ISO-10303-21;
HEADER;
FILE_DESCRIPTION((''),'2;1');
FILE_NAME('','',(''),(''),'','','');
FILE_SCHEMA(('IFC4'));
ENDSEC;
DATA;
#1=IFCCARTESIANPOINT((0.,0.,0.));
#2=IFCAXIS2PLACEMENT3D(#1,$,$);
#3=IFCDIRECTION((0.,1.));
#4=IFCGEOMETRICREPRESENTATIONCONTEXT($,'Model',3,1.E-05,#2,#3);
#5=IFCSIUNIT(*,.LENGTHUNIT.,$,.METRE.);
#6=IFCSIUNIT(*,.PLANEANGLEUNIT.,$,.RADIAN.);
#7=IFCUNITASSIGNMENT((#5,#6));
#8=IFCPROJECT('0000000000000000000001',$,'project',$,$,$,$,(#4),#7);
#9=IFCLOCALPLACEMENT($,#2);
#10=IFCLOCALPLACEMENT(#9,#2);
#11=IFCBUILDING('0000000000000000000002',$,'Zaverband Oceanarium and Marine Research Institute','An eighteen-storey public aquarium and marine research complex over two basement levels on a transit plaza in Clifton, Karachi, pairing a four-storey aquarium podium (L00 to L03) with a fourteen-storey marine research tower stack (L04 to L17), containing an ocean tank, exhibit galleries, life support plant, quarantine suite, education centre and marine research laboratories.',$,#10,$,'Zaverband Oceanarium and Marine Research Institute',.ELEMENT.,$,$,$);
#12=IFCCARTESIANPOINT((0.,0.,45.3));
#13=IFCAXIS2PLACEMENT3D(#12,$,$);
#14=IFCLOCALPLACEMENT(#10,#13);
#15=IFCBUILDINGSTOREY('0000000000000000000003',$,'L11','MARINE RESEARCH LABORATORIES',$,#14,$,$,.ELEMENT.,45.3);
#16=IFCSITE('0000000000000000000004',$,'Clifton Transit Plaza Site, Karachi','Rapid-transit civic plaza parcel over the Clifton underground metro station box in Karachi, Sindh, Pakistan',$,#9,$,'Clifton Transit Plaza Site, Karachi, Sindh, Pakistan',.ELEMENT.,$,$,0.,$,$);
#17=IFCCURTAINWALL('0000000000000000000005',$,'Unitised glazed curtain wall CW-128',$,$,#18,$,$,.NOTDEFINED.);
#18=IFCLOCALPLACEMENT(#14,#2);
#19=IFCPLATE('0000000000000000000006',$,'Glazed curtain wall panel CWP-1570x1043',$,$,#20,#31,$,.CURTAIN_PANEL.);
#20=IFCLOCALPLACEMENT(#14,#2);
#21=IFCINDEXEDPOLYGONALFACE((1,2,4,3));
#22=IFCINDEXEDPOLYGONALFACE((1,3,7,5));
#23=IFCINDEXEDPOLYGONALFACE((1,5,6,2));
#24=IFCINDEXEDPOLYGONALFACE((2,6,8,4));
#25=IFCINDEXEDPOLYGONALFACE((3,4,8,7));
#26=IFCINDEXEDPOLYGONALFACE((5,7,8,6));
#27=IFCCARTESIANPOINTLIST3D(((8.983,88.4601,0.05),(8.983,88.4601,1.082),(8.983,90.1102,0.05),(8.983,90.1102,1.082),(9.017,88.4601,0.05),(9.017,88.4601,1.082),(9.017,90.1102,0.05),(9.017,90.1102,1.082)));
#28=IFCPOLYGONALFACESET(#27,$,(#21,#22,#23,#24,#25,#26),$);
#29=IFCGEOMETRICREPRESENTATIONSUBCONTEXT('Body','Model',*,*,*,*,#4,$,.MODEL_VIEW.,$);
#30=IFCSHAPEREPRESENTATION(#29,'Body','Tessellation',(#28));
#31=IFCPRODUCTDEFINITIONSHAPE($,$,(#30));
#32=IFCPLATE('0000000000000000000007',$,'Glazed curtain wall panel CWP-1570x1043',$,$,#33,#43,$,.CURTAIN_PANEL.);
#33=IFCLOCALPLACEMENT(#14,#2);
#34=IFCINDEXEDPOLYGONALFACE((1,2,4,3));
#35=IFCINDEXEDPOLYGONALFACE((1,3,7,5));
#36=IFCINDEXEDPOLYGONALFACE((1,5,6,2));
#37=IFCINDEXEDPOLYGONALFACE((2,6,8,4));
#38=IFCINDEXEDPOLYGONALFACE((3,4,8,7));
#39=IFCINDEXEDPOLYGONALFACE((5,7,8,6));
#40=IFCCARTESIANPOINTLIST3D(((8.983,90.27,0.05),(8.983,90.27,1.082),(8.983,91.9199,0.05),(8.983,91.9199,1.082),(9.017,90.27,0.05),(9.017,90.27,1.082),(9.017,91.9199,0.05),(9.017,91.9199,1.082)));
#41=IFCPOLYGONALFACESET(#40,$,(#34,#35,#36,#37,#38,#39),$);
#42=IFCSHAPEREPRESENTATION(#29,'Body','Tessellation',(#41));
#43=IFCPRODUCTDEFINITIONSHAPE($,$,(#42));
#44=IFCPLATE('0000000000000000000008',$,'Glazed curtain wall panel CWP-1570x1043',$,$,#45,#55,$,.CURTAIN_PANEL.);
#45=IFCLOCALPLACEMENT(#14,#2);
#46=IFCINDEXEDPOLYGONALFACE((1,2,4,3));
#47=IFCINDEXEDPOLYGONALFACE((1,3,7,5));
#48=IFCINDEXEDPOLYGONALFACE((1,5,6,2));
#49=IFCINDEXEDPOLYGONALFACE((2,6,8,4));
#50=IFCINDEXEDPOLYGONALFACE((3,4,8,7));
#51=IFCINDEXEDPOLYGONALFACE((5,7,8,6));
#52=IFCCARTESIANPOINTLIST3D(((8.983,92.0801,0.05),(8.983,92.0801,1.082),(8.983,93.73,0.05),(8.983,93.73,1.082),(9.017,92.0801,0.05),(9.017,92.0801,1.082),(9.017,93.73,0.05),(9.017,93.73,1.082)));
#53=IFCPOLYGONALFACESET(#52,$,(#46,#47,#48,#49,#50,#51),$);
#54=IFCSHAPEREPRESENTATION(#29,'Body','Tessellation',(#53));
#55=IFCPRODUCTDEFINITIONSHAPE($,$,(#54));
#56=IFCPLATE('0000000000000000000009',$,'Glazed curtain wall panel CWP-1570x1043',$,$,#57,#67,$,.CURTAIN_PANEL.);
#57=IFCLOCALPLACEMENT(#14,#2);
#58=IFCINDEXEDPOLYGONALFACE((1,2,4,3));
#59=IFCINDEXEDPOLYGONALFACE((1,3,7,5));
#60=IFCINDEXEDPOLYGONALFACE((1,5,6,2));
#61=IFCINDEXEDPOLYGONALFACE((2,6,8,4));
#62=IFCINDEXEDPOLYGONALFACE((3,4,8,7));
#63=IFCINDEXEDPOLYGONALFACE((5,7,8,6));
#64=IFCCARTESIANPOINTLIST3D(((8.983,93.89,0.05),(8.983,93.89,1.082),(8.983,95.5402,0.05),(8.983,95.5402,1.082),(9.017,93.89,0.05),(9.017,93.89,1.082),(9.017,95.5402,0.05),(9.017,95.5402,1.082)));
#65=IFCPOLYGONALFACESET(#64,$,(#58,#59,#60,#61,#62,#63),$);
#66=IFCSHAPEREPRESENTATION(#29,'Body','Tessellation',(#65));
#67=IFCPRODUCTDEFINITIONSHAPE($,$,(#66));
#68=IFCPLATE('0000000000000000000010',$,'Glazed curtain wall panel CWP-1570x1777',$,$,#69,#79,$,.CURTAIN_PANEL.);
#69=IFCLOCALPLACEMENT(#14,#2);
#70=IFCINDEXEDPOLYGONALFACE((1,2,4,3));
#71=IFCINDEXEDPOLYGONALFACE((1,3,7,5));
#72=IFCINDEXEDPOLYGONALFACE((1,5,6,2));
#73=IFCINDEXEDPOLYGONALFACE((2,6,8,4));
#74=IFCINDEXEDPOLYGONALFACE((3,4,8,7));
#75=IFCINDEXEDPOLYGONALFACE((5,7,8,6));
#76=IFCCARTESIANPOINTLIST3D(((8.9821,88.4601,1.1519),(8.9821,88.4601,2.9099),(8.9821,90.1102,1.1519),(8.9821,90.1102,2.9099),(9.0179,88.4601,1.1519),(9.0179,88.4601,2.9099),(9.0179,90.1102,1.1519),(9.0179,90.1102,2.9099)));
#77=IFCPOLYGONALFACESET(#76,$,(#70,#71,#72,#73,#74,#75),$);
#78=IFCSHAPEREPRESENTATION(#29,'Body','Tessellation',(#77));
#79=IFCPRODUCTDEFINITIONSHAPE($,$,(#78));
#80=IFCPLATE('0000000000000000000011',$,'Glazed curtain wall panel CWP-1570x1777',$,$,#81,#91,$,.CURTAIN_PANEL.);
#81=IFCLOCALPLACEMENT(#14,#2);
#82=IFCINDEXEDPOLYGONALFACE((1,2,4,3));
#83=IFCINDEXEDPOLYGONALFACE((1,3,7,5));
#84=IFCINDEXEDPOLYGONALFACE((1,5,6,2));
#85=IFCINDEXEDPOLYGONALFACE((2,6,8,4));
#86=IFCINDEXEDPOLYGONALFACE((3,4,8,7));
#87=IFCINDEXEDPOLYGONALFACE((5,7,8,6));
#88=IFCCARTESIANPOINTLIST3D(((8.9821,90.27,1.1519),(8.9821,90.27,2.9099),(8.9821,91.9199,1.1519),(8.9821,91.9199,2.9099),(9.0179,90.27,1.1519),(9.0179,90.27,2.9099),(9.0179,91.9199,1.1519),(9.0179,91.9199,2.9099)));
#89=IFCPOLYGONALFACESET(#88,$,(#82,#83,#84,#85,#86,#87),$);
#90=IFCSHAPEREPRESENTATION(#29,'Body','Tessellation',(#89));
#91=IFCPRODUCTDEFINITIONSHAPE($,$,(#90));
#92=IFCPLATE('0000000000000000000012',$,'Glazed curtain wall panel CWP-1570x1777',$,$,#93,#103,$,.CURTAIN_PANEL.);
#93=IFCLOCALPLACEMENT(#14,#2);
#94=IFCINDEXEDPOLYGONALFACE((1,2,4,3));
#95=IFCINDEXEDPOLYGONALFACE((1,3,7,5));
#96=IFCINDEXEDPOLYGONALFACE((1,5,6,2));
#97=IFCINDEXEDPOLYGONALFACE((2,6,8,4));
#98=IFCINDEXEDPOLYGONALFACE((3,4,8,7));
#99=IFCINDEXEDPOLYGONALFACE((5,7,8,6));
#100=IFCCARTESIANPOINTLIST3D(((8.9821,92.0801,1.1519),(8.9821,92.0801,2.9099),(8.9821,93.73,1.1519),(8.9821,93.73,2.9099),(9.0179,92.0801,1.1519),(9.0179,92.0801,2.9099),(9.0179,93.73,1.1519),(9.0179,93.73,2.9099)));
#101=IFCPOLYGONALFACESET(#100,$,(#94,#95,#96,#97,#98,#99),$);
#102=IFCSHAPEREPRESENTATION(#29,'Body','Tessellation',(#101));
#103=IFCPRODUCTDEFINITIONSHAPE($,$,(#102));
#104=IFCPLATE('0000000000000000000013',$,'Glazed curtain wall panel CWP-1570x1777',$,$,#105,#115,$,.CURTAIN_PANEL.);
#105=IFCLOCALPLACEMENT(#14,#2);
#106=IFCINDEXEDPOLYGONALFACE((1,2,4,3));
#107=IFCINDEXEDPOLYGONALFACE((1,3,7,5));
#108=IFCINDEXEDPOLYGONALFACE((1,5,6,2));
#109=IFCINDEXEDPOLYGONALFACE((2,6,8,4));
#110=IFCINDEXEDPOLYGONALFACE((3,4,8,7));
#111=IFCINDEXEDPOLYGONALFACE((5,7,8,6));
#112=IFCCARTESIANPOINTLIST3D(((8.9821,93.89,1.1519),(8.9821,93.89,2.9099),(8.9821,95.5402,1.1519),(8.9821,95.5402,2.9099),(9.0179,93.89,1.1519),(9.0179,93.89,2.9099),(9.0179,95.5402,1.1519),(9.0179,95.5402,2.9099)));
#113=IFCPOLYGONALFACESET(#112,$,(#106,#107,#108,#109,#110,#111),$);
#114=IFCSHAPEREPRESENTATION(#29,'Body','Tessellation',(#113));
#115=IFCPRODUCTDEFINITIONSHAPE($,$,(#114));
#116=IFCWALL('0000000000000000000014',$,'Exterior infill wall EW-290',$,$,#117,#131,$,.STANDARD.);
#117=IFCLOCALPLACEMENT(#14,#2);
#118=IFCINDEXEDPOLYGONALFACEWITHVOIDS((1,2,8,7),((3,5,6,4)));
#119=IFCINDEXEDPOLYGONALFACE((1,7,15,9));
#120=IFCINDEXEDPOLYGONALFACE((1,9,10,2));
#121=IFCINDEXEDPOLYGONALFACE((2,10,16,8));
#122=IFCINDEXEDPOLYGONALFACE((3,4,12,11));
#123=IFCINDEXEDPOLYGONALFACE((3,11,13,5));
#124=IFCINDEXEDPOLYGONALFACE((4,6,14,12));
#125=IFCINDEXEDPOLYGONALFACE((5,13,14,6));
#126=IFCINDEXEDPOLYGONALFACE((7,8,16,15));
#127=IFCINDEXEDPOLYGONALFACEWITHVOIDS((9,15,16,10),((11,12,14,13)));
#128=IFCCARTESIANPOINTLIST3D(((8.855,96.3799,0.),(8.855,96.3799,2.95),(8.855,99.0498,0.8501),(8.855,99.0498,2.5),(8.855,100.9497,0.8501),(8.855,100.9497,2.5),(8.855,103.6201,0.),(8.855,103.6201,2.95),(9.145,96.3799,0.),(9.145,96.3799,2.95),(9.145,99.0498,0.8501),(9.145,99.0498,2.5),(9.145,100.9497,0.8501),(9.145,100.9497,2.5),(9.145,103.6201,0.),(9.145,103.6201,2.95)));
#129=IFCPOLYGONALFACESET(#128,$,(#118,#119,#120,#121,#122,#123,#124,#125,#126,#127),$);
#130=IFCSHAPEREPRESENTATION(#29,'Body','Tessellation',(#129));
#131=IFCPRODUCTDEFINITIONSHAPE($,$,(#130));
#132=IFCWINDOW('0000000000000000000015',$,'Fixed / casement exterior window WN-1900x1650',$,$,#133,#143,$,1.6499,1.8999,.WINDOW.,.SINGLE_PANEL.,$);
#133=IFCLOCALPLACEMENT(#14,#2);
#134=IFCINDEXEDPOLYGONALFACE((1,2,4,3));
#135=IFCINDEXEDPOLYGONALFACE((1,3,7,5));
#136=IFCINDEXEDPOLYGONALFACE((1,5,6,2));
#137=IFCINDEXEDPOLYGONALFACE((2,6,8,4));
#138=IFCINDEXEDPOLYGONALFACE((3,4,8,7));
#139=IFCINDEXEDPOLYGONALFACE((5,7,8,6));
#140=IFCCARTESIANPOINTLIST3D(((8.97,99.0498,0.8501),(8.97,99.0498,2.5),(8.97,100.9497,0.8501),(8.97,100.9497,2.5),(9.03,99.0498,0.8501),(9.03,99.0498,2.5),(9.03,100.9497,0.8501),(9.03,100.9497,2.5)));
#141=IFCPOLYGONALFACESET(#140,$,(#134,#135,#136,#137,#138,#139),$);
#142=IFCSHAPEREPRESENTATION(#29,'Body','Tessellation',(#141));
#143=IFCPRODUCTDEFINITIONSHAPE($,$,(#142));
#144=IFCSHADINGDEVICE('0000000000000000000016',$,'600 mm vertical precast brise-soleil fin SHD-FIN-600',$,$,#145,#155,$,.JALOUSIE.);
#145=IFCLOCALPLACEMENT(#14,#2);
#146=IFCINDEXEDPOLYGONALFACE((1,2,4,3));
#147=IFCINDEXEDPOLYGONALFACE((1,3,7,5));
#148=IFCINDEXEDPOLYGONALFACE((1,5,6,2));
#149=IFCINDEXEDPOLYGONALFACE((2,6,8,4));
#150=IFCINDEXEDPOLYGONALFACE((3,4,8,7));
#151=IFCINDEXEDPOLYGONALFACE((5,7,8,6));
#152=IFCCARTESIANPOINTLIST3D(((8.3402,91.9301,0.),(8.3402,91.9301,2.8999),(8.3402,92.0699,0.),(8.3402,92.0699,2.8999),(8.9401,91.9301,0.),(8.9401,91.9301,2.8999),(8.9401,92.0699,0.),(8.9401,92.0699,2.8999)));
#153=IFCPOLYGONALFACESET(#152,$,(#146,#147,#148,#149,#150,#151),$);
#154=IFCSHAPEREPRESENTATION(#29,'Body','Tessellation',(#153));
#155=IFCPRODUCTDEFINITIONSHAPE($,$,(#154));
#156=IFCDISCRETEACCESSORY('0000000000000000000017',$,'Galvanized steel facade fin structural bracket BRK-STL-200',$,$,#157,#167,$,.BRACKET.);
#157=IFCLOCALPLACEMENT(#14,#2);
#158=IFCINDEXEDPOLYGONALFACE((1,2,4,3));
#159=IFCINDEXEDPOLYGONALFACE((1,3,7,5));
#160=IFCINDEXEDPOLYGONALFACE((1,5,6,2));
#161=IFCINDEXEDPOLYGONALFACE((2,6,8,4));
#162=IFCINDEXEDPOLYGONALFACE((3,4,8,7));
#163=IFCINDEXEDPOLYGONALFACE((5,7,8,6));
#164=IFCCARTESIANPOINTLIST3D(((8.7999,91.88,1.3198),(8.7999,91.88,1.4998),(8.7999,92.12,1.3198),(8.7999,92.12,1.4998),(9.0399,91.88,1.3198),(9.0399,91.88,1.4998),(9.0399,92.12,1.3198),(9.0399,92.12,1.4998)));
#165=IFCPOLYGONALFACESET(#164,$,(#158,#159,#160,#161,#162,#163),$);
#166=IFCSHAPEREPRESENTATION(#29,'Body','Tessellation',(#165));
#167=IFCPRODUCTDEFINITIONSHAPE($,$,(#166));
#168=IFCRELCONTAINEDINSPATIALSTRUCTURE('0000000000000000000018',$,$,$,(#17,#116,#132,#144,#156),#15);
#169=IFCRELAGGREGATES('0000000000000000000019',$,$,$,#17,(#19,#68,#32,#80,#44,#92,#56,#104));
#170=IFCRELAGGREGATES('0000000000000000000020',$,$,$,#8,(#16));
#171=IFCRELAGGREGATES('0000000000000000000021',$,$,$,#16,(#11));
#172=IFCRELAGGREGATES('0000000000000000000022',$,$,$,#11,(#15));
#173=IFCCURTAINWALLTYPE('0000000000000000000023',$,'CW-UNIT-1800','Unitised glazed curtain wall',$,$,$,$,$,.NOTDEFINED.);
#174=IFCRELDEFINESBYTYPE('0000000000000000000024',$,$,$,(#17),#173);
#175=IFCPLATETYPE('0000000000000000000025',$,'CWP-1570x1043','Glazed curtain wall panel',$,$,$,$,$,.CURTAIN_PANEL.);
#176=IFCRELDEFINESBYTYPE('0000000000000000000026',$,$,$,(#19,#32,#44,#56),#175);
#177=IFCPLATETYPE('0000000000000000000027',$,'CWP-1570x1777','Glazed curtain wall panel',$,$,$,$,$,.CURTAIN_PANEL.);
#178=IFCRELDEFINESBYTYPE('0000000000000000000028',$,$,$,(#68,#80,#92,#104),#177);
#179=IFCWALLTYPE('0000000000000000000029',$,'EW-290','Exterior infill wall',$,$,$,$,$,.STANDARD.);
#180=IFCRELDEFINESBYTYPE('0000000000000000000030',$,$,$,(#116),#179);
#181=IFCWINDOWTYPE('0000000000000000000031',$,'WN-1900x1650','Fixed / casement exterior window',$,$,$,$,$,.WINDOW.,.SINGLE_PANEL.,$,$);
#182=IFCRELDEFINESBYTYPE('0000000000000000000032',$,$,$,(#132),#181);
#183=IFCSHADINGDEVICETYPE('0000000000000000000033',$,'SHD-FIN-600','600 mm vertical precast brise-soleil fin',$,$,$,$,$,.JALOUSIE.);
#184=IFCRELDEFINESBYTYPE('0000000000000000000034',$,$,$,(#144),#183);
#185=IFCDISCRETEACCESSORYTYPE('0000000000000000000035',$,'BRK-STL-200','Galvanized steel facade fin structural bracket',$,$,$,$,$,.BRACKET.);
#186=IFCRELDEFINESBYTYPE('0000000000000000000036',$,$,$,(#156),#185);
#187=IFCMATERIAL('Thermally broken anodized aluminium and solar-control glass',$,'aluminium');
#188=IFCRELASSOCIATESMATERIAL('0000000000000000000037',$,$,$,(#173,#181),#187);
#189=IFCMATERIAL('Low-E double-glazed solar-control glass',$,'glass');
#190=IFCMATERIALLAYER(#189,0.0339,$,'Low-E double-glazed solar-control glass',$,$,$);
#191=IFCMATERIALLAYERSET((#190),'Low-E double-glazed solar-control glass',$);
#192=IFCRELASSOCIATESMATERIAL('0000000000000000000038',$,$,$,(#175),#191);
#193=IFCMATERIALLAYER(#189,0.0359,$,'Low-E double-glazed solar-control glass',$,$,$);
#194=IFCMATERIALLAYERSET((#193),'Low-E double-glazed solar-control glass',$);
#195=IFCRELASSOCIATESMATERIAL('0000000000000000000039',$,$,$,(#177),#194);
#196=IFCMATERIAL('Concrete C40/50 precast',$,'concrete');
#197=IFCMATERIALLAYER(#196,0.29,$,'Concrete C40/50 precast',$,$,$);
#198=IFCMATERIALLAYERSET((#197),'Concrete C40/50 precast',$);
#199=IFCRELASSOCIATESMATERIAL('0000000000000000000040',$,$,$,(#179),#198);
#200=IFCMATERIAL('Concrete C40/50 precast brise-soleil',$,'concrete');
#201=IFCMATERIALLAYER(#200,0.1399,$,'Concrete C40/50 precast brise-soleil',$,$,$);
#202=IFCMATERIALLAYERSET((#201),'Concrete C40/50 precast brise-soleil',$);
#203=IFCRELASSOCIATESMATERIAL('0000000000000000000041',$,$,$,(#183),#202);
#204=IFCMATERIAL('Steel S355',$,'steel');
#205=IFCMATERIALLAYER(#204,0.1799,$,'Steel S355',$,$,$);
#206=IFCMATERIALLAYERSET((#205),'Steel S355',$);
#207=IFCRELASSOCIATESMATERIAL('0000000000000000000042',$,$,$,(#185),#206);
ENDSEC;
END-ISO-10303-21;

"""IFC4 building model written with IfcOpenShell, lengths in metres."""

from ifc_helpers import new_model, si_unit, direction, frame, frame_2d, origin, origin_2d, place, context, subcontext, project, spatial, rectangle, extrude, material, layer, layer_set, type_object, element, fill, aggregate, save


model = new_model("IFC4")

# Units and contexts
model_context = context("Model", 3, precision=1e-05, world=origin(), true_north=direction((0.0, 1.0)))
body_context = subcontext(model_context, "Body", "Model", "MODEL_VIEW")
ifc_project = project(units=[si_unit("LENGTHUNIT", "METRE"), si_unit("PLANEANGLEUNIT", "RADIAN")], contexts=[model_context])

# Site, building, storey
site_placement = place(None, origin())
site = spatial("IfcSite", under=ifc_project, at=site_placement, Name="Clifton Transit Plaza Site, Karachi", Description="Rapid-transit civic plaza parcel over the Clifton underground metro station box in Karachi, Sindh, Pakistan", LongName="Clifton Transit Plaza Site, Karachi, Sindh, Pakistan", CompositionType="ELEMENT", RefElevation=0.0)
building_placement = place(site_placement, origin())
building = spatial("IfcBuilding", under=site, at=building_placement, Name="Zaverband Oceanarium and Marine Research Institute", Description="An eighteen-storey public aquarium and marine research complex over two basement levels on a transit plaza in Clifton, Karachi, pairing a four-storey aquarium podium (L00 to L03) with a fourteen-storey marine research tower stack (L04 to L17), containing an ocean tank, exhibit galleries, life support plant, quarantine suite, education centre and marine research laboratories.", LongName="Zaverband Oceanarium and Marine Research Institute", CompositionType="ELEMENT")
storey_placement = place(building_placement, frame((0.0, 0.0, 45.3)))
storey = spatial("IfcBuildingStorey", under=building, at=storey_placement, Name="L11", Description="MARINE RESEARCH LABORATORIES", CompositionType="ELEMENT", Elevation=45.3)

# Curtain wall
ifc_material_1 = material(Name="Thermally broken anodized aluminium and solar-control glass", Category="aluminium")
curtain_wall_type = type_object("IfcCurtainWallType", Name="CW-UNIT-1800", Description="Unitised glazed curtain wall", PredefinedType="NOTDEFINED", material=ifc_material_1)
curtain_wall_placement = place(storey_placement, origin())
curtain_wall = element("IfcCurtainWall", 1, at=curtain_wall_placement, inside=storey, type_object=curtain_wall_type, Name="Unitised glazed curtain wall CW-128", PredefinedType="NOTDEFINED")

# Plates
ifc_material_2 = material(Name="Low-E double-glazed solar-control glass", Category="glass")
ifc_layer_1 = layer(ifc_material_2, 0.0339, Name="Low-E double-glazed solar-control glass")
ifc_layer_set_1 = layer_set([ifc_layer_1], Name="Low-E double-glazed solar-control glass")
plate_type_1 = type_object("IfcPlateType", Name="CWP-1570x1043", Description="Glazed curtain wall panel", PredefinedType="CURTAIN_PANEL", material=ifc_layer_set_1)
plate_1_placement = place(storey_placement, frame((9.0, 88.46, 0.05), z_axis=(0.0, 0.0, 1.0), x_axis=(0.0, 1.0, 0.0)))
plate_1 = element("IfcPlate", 2, at=plate_1_placement, type_object=plate_type_1, Name="Glazed curtain wall panel CWP-1570x1043", PredefinedType="CURTAIN_PANEL", context=body_context, shape_type="SweptSolid", body=[
    extrude(rectangle(XDim=1.6501, YDim=0.0339, at=frame_2d((0.8252, 0.0))), origin(), (0.0, 0.0, 1.0), 1.032),
])
plate_2_placement = place(storey_placement, frame((9.0, 90.27, 0.05), z_axis=(0.0, 0.0, 1.0), x_axis=(0.0, 1.0, 0.0)))
plate_2 = element("IfcPlate", 3, at=plate_2_placement, type_object=plate_type_1, Name="Glazed curtain wall panel CWP-1570x1043", PredefinedType="CURTAIN_PANEL", context=body_context, shape_type="SweptSolid", body=[
    extrude(rectangle(XDim=1.6499, YDim=0.0339, at=frame_2d((0.825, 0.0))), origin(), (0.0, 0.0, 1.0), 1.032),
])
plate_3_placement = place(storey_placement, frame((9.0, 92.0801, 0.05), z_axis=(0.0, 0.0, 1.0), x_axis=(0.0, 1.0, 0.0)))
plate_3 = element("IfcPlate", 4, at=plate_3_placement, type_object=plate_type_1, Name="Glazed curtain wall panel CWP-1570x1043", PredefinedType="CURTAIN_PANEL", context=body_context, shape_type="SweptSolid", body=[
    extrude(rectangle(XDim=1.6499, YDim=0.0339, at=frame_2d((0.825, 0.0))), origin(), (0.0, 0.0, 1.0), 1.032),
])
plate_4_placement = place(storey_placement, frame((9.0, 93.8899, 0.05), z_axis=(0.0, 0.0, 1.0), x_axis=(0.0, 1.0, 0.0)))
plate_4 = element("IfcPlate", 5, at=plate_4_placement, type_object=plate_type_1, Name="Glazed curtain wall panel CWP-1570x1043", PredefinedType="CURTAIN_PANEL", context=body_context, shape_type="SweptSolid", body=[
    extrude(rectangle(XDim=1.6501, YDim=0.0339, at=frame_2d((0.8252, 0.0))), origin(), (0.0, 0.0, 1.0), 1.032),
])
ifc_layer_2 = layer(ifc_material_2, 0.0359, Name="Low-E double-glazed solar-control glass")
ifc_layer_set_2 = layer_set([ifc_layer_2], Name="Low-E double-glazed solar-control glass")
plate_type_2 = type_object("IfcPlateType", Name="CWP-1570x1777", Description="Glazed curtain wall panel", PredefinedType="CURTAIN_PANEL", material=ifc_layer_set_2)
plate_5_placement = place(storey_placement, frame((9.0, 88.46, 1.1519), z_axis=(0.0, 0.0, 1.0), x_axis=(0.0, 1.0, 0.0)))
plate_5 = element("IfcPlate", 6, at=plate_5_placement, type_object=plate_type_2, Name="Glazed curtain wall panel CWP-1570x1777", PredefinedType="CURTAIN_PANEL", context=body_context, shape_type="SweptSolid", body=[
    extrude(rectangle(XDim=1.6501, YDim=0.0359, at=frame_2d((0.8252, 0.0))), origin(), (0.0, 0.0, 1.0), 1.7581),
])
plate_6_placement = place(storey_placement, frame((9.0, 90.27, 1.1519), z_axis=(0.0, 0.0, 1.0), x_axis=(0.0, 1.0, 0.0)))
plate_6 = element("IfcPlate", 7, at=plate_6_placement, type_object=plate_type_2, Name="Glazed curtain wall panel CWP-1570x1777", PredefinedType="CURTAIN_PANEL", context=body_context, shape_type="SweptSolid", body=[
    extrude(rectangle(XDim=1.6499, YDim=0.0359, at=frame_2d((0.825, 0.0))), origin(), (0.0, 0.0, 1.0), 1.7581),
])
plate_7_placement = place(storey_placement, frame((9.0, 92.0801, 1.1519), z_axis=(0.0, 0.0, 1.0), x_axis=(0.0, 1.0, 0.0)))
plate_7 = element("IfcPlate", 8, at=plate_7_placement, type_object=plate_type_2, Name="Glazed curtain wall panel CWP-1570x1777", PredefinedType="CURTAIN_PANEL", context=body_context, shape_type="SweptSolid", body=[
    extrude(rectangle(XDim=1.6499, YDim=0.0359, at=frame_2d((0.825, 0.0))), origin(), (0.0, 0.0, 1.0), 1.7581),
])
plate_8_placement = place(storey_placement, frame((9.0, 93.8899, 1.1519), z_axis=(0.0, 0.0, 1.0), x_axis=(0.0, 1.0, 0.0)))
plate_8 = element("IfcPlate", 9, at=plate_8_placement, type_object=plate_type_2, Name="Glazed curtain wall panel CWP-1570x1777", PredefinedType="CURTAIN_PANEL", context=body_context, shape_type="SweptSolid", body=[
    extrude(rectangle(XDim=1.6501, YDim=0.0359, at=frame_2d((0.8252, 0.0))), origin(), (0.0, 0.0, 1.0), 1.7581),
])
aggregate(curtain_wall, [plate_1, plate_5, plate_2, plate_6, plate_3, plate_7, plate_4, plate_8])

# Wall, opening, window
ifc_material_3 = material(Name="Concrete C40/50 precast", Category="concrete")
ifc_layer_3 = layer(ifc_material_3, 0.29, Name="Concrete C40/50 precast")
ifc_layer_set_3 = layer_set([ifc_layer_3], Name="Concrete C40/50 precast")
wall_type = type_object("IfcWallType", Name="EW-290", Description="Exterior infill wall", PredefinedType="STANDARD", material=ifc_layer_set_3)
wall_placement = place(storey_placement, frame((9.0, 96.3799, 0.0), z_axis=(0.0, 0.0, 1.0), x_axis=(0.0, 1.0, 0.0)))
wall = element("IfcWall", 10, at=wall_placement, inside=storey, type_object=wall_type, Name="Exterior infill wall EW-290", PredefinedType="STANDARD", context=body_context, shape_type="SweptSolid", body=[
    extrude(rectangle(XDim=7.2402, YDim=0.29, at=frame_2d((3.6201, 0.0))), origin(), (0.0, 0.0, 1.0), 2.95),
])
opening_placement = place(wall_placement, frame((2.6699, 0.0, 0.8501)))
opening = element("IfcOpeningElement", 11, at=opening_placement, cuts=wall, PredefinedType="OPENING", context=body_context, shape_type="SweptSolid", body=[
    extrude(rectangle(XDim=1.8999, YDim=1.6499, at=frame_2d((0.95, 0.825))), frame((0.0, 0.157, 0.0), z_axis=(0.0, -1.0, 0.0), x_axis=(1.0, 0.0, 0.0)), (0.0, 0.0, 1.0), 0.314),
])
window_type = type_object("IfcWindowType", Name="WN-1900x1650", Description="Fixed / casement exterior window", PartitioningType="SINGLE_PANEL", PredefinedType="WINDOW", material=ifc_material_1)
window_placement = place(opening_placement, origin())
window = element("IfcWindow", 12, at=window_placement, inside=storey, type_object=window_type, Name="Fixed / casement exterior window WN-1900x1650", OverallHeight=1.6499, OverallWidth=1.8999, PartitioningType="SINGLE_PANEL", PredefinedType="WINDOW", context=body_context, shape_type="SweptSolid", body=[
    extrude(rectangle(XDim=1.8999, YDim=1.6499, at=frame_2d((0.95, 0.825))), frame((0.0, 0.03, 0.0), z_axis=(0.0, -1.0, 0.0), x_axis=(1.0, 0.0, 0.0)), (0.0, 0.0, 1.0), 0.0601),
])
fill(opening, window)

# Shading device
ifc_material_4 = material(Name="Concrete C40/50 precast brise-soleil", Category="concrete")
ifc_layer_4 = layer(ifc_material_4, 0.1399, Name="Concrete C40/50 precast brise-soleil")
ifc_layer_set_4 = layer_set([ifc_layer_4], Name="Concrete C40/50 precast brise-soleil")
shading_device_type = type_object("IfcShadingDeviceType", Name="SHD-FIN-600", Description="600 mm vertical precast brise-soleil fin", PredefinedType="JALOUSIE", material=ifc_layer_set_4)
shading_device_placement = place(storey_placement, frame((8.9399, 92.0, 0.0), z_axis=(0.0, 0.0, 1.0), x_axis=(-1.0, 0.0, 0.0)))
element("IfcShadingDevice", 13, at=shading_device_placement, inside=storey, type_object=shading_device_type, Name="600 mm vertical precast brise-soleil fin SHD-FIN-600", PredefinedType="JALOUSIE", context=body_context, shape_type="SweptSolid", body=[
    extrude(rectangle(XDim=0.5999, YDim=0.1399, at=frame_2d((0.2998, 0.0))), origin(), (0.0, 0.0, 1.0), 2.8999),
])

# Discrete accessory
ifc_material_5 = material(Name="Steel S355", Category="steel")
ifc_layer_5 = layer(ifc_material_5, 0.1799, Name="Steel S355")
ifc_layer_set_5 = layer_set([ifc_layer_5], Name="Steel S355")
discrete_accessory_type = type_object("IfcDiscreteAccessoryType", Name="BRK-STL-200", Description="Galvanized steel facade fin structural bracket", PredefinedType="BRACKET", material=ifc_layer_set_5)
discrete_accessory_placement = place(storey_placement, frame((8.9199, 92.0, 1.3198), z_axis=(0.0, 0.0, 1.0), x_axis=(1.0, 0.0, 0.0)))
element("IfcDiscreteAccessory", 14, at=discrete_accessory_placement, inside=storey, type_object=discrete_accessory_type, Name="Galvanized steel facade fin structural bracket BRK-STL-200", PredefinedType="BRACKET", context=body_context, shape_type="SweptSolid", body=[
    extrude(rectangle(XDim=0.24, YDim=0.24, at=origin_2d()), origin(), (0.0, 0.0, 1.0), 0.1799),
])

save(model, "model.ifc")
